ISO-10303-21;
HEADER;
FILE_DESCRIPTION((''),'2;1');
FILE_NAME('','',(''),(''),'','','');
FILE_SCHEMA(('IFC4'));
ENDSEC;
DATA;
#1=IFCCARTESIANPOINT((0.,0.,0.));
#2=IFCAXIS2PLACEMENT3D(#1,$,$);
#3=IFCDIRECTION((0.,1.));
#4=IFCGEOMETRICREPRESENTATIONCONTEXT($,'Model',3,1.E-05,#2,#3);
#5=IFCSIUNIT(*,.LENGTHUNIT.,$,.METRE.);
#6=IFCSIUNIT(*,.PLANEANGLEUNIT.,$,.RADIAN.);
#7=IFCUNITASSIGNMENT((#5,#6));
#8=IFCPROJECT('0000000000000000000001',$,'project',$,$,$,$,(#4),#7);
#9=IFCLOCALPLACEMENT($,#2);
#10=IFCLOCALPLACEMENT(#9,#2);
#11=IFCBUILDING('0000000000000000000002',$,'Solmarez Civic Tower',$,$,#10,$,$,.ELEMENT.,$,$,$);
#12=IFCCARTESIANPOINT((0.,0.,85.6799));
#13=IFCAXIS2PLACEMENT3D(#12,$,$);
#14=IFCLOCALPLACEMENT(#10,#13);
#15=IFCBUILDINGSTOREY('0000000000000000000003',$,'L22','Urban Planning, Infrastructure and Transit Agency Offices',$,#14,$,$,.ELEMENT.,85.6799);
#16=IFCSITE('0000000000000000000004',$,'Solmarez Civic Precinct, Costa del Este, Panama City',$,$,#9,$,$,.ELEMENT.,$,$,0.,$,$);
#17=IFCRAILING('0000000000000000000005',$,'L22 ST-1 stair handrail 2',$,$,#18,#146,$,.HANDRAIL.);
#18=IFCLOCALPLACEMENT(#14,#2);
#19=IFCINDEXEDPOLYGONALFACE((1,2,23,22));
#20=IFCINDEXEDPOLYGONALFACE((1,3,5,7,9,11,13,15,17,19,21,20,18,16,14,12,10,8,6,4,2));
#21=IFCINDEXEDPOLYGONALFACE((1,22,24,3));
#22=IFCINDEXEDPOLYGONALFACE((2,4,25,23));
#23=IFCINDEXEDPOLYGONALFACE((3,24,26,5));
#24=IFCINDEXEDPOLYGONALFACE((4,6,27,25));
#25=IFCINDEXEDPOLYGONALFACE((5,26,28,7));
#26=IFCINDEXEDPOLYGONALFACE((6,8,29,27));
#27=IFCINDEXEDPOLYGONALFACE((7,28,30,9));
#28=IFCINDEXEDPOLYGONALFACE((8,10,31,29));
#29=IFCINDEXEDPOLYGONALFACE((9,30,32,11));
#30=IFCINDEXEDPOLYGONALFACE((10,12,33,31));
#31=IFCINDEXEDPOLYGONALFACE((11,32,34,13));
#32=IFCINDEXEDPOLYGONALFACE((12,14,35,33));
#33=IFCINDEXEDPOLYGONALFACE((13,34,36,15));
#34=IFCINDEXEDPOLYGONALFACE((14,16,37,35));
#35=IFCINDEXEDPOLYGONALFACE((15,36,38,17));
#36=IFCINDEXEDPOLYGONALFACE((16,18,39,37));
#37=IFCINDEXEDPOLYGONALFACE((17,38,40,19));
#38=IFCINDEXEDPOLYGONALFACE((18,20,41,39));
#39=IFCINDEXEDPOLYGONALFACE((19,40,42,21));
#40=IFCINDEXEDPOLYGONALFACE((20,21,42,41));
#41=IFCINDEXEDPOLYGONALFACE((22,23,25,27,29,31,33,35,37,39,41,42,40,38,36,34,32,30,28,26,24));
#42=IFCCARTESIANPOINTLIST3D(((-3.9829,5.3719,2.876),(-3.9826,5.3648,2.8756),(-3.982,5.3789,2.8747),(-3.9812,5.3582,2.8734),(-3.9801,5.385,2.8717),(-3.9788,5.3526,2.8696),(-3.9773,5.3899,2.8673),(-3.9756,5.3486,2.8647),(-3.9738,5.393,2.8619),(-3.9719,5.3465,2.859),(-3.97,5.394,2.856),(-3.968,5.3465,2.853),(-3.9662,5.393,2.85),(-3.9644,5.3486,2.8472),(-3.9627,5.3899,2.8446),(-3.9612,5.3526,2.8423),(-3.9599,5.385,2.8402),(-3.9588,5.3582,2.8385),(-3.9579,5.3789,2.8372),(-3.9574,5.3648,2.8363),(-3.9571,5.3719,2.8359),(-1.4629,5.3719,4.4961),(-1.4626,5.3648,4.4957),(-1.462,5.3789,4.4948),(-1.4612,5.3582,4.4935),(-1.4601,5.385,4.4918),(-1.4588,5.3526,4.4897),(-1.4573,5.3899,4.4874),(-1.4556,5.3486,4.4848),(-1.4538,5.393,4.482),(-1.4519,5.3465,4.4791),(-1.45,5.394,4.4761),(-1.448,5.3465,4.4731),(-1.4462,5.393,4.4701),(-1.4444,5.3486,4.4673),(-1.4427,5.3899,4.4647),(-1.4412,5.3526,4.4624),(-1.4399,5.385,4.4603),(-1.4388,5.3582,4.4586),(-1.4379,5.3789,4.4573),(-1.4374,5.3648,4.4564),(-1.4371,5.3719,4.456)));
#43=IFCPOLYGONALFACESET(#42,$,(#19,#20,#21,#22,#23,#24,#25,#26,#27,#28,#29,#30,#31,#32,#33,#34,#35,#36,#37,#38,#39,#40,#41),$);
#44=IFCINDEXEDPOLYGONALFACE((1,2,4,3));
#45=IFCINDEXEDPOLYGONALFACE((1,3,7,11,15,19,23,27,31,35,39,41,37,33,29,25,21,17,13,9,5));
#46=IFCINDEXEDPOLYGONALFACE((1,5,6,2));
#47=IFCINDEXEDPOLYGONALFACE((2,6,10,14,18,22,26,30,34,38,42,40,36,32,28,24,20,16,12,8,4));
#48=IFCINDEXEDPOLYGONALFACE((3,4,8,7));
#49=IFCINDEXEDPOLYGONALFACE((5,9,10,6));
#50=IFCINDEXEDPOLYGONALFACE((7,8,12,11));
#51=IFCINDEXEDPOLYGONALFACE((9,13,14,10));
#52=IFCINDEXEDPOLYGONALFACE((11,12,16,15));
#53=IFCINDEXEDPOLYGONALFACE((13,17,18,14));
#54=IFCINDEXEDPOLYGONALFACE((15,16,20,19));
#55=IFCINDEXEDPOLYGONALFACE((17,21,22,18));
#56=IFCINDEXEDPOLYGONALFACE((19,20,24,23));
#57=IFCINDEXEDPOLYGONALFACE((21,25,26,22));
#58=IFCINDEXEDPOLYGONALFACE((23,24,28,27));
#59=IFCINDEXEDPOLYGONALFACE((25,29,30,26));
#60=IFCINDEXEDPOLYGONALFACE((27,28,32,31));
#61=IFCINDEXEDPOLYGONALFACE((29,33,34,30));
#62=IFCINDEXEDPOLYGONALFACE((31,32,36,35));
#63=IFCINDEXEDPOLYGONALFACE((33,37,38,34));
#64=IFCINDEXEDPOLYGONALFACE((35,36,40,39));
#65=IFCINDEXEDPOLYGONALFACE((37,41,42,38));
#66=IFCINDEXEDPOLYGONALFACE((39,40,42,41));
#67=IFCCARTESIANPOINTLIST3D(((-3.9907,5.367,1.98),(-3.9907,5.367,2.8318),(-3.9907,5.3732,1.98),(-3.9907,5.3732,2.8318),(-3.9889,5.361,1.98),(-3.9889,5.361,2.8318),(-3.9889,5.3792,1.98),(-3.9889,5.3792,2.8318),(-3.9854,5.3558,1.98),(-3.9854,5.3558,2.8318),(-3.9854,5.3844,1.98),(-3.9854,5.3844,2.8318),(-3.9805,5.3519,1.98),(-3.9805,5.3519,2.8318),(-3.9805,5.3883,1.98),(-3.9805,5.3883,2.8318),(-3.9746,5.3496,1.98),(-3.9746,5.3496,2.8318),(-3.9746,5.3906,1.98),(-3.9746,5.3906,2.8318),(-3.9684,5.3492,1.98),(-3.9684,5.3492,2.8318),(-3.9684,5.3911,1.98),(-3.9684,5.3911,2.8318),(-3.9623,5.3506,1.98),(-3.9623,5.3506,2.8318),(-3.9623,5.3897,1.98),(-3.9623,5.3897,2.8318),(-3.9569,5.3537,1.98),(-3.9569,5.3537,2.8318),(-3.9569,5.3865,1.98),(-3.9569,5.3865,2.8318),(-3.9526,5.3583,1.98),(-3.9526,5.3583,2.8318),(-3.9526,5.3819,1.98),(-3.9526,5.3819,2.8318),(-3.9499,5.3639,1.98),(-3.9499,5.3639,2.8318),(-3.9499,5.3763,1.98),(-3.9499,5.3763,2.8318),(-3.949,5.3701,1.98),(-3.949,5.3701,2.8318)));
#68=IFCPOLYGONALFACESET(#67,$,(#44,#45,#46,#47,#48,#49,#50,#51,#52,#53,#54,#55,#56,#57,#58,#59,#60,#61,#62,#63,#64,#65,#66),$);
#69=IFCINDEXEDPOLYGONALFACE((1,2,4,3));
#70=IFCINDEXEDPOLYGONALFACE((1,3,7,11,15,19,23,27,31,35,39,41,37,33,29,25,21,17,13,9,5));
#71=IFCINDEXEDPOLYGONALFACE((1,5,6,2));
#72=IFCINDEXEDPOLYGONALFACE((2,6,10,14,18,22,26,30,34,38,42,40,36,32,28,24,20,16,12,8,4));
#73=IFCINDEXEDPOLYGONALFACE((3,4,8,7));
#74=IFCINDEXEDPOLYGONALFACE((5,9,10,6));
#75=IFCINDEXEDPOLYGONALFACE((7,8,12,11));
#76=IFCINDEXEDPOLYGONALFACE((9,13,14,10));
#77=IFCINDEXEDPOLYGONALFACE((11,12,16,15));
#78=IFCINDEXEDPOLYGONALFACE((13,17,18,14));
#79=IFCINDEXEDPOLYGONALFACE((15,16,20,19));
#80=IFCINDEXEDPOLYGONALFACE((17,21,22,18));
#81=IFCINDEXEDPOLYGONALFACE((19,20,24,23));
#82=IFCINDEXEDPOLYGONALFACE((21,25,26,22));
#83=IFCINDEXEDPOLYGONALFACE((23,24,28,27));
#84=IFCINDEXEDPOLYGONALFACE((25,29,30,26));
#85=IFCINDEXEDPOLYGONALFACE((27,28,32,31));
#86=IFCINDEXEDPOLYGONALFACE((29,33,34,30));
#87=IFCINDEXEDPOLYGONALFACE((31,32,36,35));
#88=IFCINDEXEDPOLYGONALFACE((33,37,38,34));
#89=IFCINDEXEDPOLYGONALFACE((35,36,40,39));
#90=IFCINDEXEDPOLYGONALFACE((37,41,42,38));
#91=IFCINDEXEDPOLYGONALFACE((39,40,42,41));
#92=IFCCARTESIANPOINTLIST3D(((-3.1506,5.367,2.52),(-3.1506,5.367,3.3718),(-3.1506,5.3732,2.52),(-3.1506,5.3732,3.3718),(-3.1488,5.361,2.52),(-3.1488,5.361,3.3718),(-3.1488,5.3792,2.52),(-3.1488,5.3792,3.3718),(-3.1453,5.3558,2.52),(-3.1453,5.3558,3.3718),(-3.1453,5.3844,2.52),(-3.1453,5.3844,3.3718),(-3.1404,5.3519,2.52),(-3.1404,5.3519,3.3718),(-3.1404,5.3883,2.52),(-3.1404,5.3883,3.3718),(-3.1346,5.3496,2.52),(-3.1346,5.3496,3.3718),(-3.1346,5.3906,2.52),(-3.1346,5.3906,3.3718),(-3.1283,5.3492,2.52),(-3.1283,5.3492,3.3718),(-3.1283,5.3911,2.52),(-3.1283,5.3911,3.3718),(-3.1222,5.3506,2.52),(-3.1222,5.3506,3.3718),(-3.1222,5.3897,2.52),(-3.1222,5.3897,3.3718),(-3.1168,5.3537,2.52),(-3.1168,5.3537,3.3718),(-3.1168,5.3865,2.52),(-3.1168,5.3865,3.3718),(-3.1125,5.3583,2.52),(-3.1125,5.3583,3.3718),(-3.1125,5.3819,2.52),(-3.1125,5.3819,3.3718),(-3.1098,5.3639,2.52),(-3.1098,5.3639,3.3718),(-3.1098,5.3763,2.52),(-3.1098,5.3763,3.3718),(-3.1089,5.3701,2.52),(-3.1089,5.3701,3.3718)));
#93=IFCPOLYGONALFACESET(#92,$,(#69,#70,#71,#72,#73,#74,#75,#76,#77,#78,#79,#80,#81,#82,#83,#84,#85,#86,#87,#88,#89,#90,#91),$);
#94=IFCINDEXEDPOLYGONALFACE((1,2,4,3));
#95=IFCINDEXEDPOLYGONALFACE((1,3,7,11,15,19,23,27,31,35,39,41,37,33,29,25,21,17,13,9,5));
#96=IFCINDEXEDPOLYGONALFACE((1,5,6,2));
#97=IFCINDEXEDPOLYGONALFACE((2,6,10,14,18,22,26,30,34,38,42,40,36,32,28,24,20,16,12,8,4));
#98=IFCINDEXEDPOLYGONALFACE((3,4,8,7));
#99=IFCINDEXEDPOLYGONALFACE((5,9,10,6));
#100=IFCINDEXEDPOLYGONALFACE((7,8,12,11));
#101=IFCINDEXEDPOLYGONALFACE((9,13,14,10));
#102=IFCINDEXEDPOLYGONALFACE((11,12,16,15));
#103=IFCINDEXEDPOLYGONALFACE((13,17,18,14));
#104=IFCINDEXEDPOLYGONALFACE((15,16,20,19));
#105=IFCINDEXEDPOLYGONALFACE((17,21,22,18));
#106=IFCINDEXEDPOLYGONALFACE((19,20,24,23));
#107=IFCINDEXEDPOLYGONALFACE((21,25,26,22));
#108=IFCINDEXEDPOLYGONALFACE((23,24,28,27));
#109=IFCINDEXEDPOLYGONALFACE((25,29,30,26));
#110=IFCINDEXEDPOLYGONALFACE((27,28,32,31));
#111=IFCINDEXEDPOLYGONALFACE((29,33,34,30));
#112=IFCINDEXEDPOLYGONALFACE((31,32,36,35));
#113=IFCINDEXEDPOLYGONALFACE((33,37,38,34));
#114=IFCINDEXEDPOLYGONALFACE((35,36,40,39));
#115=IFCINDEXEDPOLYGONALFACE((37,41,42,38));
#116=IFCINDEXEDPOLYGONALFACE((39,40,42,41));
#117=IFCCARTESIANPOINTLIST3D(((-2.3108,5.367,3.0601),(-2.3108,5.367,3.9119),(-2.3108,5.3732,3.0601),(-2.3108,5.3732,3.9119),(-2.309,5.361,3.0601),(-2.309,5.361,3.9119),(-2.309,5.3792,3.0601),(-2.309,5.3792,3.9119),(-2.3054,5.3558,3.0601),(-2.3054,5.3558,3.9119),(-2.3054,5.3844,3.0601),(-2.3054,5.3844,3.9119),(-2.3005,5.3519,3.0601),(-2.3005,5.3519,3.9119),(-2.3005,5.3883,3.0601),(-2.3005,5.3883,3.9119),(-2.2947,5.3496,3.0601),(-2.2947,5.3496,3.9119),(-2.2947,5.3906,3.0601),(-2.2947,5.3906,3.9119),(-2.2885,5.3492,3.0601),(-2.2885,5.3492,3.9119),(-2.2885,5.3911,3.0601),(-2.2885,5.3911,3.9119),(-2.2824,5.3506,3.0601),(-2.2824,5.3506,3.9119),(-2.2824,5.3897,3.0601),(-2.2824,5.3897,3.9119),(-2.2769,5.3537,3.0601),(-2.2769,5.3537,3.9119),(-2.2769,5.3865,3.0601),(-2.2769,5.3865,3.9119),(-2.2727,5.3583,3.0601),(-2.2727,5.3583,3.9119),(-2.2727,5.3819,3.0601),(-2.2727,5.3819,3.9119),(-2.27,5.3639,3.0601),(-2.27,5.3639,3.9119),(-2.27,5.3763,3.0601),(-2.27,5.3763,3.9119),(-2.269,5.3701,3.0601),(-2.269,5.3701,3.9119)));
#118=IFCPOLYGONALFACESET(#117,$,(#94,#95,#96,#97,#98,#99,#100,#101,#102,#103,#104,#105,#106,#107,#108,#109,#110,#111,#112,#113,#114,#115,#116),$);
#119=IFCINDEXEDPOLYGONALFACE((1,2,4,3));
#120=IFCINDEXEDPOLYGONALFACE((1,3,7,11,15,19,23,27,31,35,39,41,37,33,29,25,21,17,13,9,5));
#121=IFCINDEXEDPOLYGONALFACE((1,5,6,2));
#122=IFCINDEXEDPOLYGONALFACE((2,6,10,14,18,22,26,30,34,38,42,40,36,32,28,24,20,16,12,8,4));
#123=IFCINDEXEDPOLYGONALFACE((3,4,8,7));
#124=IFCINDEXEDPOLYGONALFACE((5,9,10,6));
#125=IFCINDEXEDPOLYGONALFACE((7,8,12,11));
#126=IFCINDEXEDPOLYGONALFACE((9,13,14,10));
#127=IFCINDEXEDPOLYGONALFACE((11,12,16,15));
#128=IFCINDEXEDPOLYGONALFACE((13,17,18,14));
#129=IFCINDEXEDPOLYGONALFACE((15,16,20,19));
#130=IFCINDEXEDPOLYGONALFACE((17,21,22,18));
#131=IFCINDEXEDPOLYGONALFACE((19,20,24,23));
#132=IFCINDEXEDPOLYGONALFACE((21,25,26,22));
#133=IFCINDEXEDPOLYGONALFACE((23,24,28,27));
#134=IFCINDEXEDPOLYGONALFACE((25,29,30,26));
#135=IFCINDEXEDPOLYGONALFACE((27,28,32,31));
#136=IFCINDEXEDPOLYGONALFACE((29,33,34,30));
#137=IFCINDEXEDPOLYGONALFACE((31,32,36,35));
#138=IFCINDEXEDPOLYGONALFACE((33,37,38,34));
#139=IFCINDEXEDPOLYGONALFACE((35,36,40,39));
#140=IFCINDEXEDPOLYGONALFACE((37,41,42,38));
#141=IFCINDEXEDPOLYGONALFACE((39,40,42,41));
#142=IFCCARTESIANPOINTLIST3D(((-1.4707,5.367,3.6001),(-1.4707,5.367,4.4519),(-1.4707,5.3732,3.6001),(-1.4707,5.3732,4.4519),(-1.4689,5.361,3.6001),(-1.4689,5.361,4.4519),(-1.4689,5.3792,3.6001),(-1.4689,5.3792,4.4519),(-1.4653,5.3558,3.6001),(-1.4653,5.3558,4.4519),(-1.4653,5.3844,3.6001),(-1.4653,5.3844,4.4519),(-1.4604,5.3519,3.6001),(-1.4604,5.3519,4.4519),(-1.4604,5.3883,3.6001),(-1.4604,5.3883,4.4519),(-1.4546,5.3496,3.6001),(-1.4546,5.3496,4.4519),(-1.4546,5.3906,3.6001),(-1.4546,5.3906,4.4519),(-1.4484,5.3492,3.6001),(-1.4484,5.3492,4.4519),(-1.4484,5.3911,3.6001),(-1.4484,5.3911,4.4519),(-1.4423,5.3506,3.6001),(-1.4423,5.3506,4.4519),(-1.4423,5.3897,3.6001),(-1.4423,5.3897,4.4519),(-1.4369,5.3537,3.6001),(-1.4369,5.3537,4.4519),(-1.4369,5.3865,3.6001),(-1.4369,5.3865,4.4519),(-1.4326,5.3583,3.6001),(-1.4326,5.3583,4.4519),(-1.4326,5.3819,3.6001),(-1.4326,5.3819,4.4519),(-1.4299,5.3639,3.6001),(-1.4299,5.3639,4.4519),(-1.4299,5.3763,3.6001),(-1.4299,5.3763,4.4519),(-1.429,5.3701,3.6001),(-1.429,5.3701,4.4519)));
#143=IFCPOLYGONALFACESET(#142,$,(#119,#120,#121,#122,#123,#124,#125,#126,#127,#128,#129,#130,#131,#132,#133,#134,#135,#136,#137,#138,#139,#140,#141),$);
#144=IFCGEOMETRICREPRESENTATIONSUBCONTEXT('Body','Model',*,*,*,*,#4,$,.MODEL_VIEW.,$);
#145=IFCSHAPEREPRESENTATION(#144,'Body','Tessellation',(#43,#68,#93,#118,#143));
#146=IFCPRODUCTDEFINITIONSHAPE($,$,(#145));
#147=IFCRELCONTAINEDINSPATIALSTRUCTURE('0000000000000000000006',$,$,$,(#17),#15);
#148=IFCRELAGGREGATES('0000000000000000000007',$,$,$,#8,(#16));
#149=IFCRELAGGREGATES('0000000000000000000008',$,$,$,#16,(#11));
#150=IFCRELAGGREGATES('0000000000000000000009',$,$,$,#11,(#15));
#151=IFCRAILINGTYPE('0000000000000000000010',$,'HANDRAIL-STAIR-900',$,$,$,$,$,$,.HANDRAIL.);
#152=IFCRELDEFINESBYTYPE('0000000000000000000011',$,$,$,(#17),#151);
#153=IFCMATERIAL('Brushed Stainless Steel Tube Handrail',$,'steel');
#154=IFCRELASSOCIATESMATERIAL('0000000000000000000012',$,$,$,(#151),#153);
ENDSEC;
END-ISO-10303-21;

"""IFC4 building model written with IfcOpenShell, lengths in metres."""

from ifc_helpers import new_model, si_unit, direction, frame, origin, origin_2d, place, context, subcontext, project, spatial, circle, extrude, material, type_object, element, save


model = new_model("IFC4")

# Units and contexts
model_context = context("Model", 3, precision=1e-05, world=origin(), true_north=direction((0.0, 1.0)))
body_context = subcontext(model_context, "Body", "Model", "MODEL_VIEW")
ifc_project = project(units=[si_unit("LENGTHUNIT", "METRE"), si_unit("PLANEANGLEUNIT", "RADIAN")], contexts=[model_context])

# Site, building, storey
site_placement = place(None, origin())
site = spatial("IfcSite", under=ifc_project, at=site_placement, Name="Solmarez Civic Precinct, Costa del Este, Panama City", CompositionType="ELEMENT", RefElevation=0.0)
building_placement = place(site_placement, origin())
building = spatial("IfcBuilding", under=site, at=building_placement, Name="Solmarez Civic Tower", CompositionType="ELEMENT")
storey_placement = place(building_placement, frame((0.0, 0.0, 85.6799)))
storey = spatial("IfcBuildingStorey", under=building, at=storey_placement, Name="L22", Description="Urban Planning, Infrastructure and Transit Agency Offices", CompositionType="ELEMENT", Elevation=85.6799)

# Railing
ifc_material_1 = material(Name="Brushed Stainless Steel Tube Handrail", Category="steel")
railing_type_1 = type_object("IfcRailingType", Name="HANDRAIL-STAIR-900", PredefinedType="HANDRAIL", material=ifc_material_1)
railing_1_placement = place(storey_placement, frame((-3.97, 5.3701, 1.98)))
element("IfcRailing", 1, at=railing_1_placement, inside=storey, type_object=railing_type_1, Name="L22 ST-1 stair handrail 2", PredefinedType="HANDRAIL", context=body_context, shape_type="SweptSolid", body=[
    extrude(circle(Radius=0.0239, at=origin_2d()), frame((0.0, 0.0, 0.876), z_axis=(0.841163, 0.0, 0.540782), x_axis=(0.0, 1.0, 0.0)), (0.0, 0.0, 1.0), 2.9958),
    extrude(circle(Radius=0.021, at=origin_2d()), origin(), (0.0, 0.0, 1.0), 0.8518),
    extrude(circle(Radius=0.021, at=origin_2d()), frame((0.8401, 0.0, 0.54)), (0.0, 0.0, 1.0), 0.8518),
    extrude(circle(Radius=0.021, at=origin_2d()), frame((1.6799, 0.0, 1.0801)), (0.0, 0.0, 1.0), 0.8518),
    extrude(circle(Radius=0.021, at=origin_2d()), frame((2.52, 0.0, 1.6201)), (0.0, 0.0, 1.0), 0.8518),
])

save(model, "model.ifc")
